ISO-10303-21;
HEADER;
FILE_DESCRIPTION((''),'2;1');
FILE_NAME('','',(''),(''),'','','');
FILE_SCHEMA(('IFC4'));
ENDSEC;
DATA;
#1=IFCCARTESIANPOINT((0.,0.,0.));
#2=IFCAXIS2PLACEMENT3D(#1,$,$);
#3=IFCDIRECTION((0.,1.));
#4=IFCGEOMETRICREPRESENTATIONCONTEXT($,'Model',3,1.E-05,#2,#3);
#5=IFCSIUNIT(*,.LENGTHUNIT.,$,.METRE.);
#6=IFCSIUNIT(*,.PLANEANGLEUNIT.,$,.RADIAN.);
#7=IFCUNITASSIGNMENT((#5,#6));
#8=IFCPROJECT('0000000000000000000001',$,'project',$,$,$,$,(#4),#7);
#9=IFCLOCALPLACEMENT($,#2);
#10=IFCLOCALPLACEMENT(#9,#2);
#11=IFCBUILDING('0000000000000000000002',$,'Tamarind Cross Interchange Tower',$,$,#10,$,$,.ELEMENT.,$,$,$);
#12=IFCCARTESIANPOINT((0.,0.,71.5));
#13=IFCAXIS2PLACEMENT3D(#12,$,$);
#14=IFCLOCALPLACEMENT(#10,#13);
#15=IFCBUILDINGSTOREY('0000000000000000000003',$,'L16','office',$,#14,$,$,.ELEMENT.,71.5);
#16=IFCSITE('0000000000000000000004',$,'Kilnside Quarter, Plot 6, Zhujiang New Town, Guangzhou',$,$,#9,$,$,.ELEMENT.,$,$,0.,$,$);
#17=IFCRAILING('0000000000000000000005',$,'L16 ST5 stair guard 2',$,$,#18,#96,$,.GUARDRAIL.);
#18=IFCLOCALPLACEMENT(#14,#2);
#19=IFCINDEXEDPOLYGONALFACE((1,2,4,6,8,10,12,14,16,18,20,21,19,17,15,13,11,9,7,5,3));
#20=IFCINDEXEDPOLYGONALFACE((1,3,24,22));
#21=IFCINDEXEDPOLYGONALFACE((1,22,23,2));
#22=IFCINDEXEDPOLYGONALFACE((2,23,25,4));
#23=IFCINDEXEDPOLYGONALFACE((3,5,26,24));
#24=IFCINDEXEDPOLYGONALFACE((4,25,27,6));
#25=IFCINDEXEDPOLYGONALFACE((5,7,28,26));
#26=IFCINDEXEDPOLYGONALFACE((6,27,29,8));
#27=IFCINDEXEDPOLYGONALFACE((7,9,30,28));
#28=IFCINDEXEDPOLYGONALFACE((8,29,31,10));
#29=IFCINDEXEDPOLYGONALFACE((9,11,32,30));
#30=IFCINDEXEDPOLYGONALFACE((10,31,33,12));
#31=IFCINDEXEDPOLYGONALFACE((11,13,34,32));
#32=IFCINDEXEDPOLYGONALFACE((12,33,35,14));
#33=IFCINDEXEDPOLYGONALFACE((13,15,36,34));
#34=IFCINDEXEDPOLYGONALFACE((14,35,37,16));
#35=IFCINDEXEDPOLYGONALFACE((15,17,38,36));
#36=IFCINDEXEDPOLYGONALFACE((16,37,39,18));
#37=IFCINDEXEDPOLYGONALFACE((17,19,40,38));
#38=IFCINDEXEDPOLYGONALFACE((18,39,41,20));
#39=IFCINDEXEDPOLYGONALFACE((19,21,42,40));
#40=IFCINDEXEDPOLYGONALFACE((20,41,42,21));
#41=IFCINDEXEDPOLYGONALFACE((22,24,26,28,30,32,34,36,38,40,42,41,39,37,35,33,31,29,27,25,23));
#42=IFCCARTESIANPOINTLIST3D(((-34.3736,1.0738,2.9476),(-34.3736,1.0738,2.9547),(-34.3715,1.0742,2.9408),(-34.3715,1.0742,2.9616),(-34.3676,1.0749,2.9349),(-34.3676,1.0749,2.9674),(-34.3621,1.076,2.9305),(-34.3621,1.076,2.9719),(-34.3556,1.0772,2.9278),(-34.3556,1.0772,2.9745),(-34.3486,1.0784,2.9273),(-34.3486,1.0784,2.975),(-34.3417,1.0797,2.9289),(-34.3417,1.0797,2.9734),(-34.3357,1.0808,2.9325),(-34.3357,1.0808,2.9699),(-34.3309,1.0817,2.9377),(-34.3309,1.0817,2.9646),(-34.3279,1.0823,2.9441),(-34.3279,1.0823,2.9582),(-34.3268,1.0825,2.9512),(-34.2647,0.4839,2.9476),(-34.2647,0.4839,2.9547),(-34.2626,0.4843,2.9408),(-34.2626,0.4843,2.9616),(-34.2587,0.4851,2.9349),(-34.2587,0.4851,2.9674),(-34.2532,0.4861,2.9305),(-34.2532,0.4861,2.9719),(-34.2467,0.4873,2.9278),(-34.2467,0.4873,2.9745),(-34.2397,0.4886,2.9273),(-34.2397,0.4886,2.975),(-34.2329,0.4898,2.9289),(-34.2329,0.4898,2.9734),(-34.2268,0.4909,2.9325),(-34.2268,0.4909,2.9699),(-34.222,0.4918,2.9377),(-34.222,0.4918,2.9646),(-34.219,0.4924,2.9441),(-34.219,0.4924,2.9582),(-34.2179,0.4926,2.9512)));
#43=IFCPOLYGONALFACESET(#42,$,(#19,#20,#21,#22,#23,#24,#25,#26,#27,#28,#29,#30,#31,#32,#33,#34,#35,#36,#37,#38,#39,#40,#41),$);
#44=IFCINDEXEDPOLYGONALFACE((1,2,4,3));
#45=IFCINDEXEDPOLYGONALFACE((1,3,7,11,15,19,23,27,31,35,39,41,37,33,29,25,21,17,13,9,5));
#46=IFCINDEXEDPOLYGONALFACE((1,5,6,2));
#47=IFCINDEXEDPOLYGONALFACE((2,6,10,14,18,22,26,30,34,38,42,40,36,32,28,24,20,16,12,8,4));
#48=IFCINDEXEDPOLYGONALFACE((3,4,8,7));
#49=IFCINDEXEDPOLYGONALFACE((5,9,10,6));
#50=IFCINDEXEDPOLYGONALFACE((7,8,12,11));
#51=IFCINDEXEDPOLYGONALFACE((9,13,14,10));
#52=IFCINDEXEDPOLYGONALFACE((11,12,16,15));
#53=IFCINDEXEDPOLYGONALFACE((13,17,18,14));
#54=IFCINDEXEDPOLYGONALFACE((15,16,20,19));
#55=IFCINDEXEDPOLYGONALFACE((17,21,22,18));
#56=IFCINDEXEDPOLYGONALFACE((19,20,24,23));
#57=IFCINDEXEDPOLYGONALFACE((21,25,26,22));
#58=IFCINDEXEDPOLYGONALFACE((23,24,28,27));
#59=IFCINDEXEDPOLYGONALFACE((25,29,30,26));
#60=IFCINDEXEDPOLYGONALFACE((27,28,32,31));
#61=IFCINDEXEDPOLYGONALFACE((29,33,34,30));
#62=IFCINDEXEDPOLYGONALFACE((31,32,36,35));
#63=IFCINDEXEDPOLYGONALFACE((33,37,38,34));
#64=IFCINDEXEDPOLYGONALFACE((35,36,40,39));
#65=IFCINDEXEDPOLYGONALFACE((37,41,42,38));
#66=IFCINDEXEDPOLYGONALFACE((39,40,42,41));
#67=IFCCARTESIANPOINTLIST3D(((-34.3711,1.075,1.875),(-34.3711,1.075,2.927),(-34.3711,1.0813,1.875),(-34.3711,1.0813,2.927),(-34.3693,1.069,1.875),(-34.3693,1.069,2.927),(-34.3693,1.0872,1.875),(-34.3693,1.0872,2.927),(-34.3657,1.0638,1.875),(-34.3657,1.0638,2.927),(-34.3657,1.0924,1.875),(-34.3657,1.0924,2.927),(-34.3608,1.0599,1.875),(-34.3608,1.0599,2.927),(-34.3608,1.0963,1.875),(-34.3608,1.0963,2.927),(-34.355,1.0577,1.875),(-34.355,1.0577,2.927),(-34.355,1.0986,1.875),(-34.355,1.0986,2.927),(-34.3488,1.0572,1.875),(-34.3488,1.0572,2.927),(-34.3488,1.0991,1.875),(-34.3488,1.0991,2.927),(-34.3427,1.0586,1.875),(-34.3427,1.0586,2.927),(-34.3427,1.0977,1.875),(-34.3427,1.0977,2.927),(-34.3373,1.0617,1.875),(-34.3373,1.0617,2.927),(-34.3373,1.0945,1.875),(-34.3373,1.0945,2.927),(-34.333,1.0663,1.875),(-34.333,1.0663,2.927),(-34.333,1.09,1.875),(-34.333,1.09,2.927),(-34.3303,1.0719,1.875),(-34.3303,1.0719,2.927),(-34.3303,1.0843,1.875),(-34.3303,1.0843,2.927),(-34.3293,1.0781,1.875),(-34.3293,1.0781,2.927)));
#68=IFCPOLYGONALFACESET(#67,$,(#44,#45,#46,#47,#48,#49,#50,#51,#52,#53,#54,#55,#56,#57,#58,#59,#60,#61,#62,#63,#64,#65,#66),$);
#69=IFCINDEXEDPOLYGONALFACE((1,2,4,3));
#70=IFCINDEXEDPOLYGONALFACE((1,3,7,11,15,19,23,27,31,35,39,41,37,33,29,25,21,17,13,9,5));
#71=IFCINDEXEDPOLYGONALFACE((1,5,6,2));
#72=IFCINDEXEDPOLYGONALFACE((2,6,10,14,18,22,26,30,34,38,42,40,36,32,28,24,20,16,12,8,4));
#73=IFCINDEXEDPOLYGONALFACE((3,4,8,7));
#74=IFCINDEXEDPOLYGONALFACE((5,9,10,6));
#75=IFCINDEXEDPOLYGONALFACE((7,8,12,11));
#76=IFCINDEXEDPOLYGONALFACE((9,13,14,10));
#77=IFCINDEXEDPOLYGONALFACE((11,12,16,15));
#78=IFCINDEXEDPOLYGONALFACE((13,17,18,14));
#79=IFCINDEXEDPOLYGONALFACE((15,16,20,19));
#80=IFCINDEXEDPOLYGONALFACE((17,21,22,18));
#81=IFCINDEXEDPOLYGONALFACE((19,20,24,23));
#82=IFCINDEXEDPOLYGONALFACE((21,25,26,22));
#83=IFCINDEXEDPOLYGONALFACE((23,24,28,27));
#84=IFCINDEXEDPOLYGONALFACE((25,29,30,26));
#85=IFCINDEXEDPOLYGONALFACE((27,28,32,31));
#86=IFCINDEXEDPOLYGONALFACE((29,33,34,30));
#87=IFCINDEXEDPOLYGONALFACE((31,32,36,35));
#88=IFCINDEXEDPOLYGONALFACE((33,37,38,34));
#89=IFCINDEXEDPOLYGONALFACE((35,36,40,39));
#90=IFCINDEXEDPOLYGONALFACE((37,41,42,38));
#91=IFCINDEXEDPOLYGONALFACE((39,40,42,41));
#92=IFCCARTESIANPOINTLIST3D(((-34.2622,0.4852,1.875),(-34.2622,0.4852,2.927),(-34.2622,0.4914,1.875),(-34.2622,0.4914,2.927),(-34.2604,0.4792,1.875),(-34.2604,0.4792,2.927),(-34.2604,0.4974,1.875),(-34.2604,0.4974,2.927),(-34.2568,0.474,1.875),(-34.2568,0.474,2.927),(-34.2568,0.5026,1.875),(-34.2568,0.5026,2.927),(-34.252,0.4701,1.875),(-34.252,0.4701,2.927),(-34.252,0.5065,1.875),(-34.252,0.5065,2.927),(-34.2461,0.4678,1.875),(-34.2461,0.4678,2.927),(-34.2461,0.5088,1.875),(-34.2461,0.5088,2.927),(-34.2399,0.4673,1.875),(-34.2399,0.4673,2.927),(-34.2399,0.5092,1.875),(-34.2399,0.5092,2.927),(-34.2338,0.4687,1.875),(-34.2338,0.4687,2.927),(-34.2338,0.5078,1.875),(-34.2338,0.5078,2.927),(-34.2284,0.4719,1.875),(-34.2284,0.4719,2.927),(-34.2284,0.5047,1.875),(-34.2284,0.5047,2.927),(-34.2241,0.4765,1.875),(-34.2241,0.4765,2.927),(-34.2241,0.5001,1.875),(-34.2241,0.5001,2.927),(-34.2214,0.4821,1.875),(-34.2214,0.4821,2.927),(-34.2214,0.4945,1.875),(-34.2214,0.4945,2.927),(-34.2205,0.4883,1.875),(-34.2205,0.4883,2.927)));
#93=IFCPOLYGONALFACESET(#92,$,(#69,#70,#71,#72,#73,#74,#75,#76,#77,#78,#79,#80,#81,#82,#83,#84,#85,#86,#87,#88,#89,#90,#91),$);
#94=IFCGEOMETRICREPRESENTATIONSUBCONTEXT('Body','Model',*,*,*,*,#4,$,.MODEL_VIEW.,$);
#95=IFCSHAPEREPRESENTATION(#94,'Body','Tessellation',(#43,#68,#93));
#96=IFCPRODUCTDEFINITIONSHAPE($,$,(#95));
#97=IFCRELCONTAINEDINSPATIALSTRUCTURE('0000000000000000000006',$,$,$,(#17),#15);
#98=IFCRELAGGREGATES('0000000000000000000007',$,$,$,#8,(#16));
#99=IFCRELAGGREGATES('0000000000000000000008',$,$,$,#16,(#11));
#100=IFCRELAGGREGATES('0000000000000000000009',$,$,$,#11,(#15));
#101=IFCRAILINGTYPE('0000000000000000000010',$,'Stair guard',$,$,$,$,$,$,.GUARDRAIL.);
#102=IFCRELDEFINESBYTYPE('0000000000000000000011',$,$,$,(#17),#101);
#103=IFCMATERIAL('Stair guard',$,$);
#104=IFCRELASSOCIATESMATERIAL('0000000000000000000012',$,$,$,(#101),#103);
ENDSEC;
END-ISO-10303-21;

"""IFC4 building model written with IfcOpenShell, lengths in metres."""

from ifc_helpers import new_model, si_unit, direction, frame, origin, origin_2d, place, context, subcontext, project, spatial, circle, extrude, material, type_object, element, save


model = new_model("IFC4")

# Units and contexts
model_context = context("Model", 3, precision=1e-05, world=origin(), true_north=direction((0.0, 1.0)))
body_context = subcontext(model_context, "Body", "Model", "MODEL_VIEW")
ifc_project = project(units=[si_unit("LENGTHUNIT", "METRE"), si_unit("PLANEANGLEUNIT", "RADIAN")], contexts=[model_context])

# Site, building, storey
site_placement = place(None, origin())
site = spatial("IfcSite", under=ifc_project, at=site_placement, Name="Kilnside Quarter, Plot 6, Zhujiang New Town, Guangzhou", CompositionType="ELEMENT", RefElevation=0.0)
building_placement = place(site_placement, origin())
building = spatial("IfcBuilding", under=site, at=building_placement, Name="Tamarind Cross Interchange Tower", CompositionType="ELEMENT")
storey_placement = place(building_placement, frame((0.0, 0.0, 71.5)))
storey = spatial("IfcBuildingStorey", under=building, at=storey_placement, Name="L16", Description="office", CompositionType="ELEMENT", Elevation=71.5)

# Railing
ifc_material_1 = material(Name="Stair guard")
railing_type_1 = type_object("IfcRailingType", Name="Stair guard", PredefinedType="GUARDRAIL", material=ifc_material_1)
railing_1_placement = place(storey_placement, frame((-34.3503, 1.0781, 1.875)))
element("IfcRailing", 1, at=railing_1_placement, inside=storey, type_object=railing_type_1, Name="L16 ST5 stair guard 2", PredefinedType="GUARDRAIL", context=body_context, shape_type="SweptSolid", body=[
    extrude(circle(Radius=0.0239, at=origin_2d()), frame((0.0, 0.0, 1.0762), z_axis=(0.181535, -0.983384, 0.0), x_axis=(0.983384, 0.181535, 0.0)), (0.0, 0.0, 1.0), 0.5999),
    extrude(circle(Radius=0.021, at=origin_2d()), origin(), (0.0, 0.0, 1.0), 1.052),
    extrude(circle(Radius=0.021, at=origin_2d()), frame((0.1089, -0.5898, 0.0)), (0.0, 0.0, 1.0), 1.052),
])

save(model, "model.ifc")
